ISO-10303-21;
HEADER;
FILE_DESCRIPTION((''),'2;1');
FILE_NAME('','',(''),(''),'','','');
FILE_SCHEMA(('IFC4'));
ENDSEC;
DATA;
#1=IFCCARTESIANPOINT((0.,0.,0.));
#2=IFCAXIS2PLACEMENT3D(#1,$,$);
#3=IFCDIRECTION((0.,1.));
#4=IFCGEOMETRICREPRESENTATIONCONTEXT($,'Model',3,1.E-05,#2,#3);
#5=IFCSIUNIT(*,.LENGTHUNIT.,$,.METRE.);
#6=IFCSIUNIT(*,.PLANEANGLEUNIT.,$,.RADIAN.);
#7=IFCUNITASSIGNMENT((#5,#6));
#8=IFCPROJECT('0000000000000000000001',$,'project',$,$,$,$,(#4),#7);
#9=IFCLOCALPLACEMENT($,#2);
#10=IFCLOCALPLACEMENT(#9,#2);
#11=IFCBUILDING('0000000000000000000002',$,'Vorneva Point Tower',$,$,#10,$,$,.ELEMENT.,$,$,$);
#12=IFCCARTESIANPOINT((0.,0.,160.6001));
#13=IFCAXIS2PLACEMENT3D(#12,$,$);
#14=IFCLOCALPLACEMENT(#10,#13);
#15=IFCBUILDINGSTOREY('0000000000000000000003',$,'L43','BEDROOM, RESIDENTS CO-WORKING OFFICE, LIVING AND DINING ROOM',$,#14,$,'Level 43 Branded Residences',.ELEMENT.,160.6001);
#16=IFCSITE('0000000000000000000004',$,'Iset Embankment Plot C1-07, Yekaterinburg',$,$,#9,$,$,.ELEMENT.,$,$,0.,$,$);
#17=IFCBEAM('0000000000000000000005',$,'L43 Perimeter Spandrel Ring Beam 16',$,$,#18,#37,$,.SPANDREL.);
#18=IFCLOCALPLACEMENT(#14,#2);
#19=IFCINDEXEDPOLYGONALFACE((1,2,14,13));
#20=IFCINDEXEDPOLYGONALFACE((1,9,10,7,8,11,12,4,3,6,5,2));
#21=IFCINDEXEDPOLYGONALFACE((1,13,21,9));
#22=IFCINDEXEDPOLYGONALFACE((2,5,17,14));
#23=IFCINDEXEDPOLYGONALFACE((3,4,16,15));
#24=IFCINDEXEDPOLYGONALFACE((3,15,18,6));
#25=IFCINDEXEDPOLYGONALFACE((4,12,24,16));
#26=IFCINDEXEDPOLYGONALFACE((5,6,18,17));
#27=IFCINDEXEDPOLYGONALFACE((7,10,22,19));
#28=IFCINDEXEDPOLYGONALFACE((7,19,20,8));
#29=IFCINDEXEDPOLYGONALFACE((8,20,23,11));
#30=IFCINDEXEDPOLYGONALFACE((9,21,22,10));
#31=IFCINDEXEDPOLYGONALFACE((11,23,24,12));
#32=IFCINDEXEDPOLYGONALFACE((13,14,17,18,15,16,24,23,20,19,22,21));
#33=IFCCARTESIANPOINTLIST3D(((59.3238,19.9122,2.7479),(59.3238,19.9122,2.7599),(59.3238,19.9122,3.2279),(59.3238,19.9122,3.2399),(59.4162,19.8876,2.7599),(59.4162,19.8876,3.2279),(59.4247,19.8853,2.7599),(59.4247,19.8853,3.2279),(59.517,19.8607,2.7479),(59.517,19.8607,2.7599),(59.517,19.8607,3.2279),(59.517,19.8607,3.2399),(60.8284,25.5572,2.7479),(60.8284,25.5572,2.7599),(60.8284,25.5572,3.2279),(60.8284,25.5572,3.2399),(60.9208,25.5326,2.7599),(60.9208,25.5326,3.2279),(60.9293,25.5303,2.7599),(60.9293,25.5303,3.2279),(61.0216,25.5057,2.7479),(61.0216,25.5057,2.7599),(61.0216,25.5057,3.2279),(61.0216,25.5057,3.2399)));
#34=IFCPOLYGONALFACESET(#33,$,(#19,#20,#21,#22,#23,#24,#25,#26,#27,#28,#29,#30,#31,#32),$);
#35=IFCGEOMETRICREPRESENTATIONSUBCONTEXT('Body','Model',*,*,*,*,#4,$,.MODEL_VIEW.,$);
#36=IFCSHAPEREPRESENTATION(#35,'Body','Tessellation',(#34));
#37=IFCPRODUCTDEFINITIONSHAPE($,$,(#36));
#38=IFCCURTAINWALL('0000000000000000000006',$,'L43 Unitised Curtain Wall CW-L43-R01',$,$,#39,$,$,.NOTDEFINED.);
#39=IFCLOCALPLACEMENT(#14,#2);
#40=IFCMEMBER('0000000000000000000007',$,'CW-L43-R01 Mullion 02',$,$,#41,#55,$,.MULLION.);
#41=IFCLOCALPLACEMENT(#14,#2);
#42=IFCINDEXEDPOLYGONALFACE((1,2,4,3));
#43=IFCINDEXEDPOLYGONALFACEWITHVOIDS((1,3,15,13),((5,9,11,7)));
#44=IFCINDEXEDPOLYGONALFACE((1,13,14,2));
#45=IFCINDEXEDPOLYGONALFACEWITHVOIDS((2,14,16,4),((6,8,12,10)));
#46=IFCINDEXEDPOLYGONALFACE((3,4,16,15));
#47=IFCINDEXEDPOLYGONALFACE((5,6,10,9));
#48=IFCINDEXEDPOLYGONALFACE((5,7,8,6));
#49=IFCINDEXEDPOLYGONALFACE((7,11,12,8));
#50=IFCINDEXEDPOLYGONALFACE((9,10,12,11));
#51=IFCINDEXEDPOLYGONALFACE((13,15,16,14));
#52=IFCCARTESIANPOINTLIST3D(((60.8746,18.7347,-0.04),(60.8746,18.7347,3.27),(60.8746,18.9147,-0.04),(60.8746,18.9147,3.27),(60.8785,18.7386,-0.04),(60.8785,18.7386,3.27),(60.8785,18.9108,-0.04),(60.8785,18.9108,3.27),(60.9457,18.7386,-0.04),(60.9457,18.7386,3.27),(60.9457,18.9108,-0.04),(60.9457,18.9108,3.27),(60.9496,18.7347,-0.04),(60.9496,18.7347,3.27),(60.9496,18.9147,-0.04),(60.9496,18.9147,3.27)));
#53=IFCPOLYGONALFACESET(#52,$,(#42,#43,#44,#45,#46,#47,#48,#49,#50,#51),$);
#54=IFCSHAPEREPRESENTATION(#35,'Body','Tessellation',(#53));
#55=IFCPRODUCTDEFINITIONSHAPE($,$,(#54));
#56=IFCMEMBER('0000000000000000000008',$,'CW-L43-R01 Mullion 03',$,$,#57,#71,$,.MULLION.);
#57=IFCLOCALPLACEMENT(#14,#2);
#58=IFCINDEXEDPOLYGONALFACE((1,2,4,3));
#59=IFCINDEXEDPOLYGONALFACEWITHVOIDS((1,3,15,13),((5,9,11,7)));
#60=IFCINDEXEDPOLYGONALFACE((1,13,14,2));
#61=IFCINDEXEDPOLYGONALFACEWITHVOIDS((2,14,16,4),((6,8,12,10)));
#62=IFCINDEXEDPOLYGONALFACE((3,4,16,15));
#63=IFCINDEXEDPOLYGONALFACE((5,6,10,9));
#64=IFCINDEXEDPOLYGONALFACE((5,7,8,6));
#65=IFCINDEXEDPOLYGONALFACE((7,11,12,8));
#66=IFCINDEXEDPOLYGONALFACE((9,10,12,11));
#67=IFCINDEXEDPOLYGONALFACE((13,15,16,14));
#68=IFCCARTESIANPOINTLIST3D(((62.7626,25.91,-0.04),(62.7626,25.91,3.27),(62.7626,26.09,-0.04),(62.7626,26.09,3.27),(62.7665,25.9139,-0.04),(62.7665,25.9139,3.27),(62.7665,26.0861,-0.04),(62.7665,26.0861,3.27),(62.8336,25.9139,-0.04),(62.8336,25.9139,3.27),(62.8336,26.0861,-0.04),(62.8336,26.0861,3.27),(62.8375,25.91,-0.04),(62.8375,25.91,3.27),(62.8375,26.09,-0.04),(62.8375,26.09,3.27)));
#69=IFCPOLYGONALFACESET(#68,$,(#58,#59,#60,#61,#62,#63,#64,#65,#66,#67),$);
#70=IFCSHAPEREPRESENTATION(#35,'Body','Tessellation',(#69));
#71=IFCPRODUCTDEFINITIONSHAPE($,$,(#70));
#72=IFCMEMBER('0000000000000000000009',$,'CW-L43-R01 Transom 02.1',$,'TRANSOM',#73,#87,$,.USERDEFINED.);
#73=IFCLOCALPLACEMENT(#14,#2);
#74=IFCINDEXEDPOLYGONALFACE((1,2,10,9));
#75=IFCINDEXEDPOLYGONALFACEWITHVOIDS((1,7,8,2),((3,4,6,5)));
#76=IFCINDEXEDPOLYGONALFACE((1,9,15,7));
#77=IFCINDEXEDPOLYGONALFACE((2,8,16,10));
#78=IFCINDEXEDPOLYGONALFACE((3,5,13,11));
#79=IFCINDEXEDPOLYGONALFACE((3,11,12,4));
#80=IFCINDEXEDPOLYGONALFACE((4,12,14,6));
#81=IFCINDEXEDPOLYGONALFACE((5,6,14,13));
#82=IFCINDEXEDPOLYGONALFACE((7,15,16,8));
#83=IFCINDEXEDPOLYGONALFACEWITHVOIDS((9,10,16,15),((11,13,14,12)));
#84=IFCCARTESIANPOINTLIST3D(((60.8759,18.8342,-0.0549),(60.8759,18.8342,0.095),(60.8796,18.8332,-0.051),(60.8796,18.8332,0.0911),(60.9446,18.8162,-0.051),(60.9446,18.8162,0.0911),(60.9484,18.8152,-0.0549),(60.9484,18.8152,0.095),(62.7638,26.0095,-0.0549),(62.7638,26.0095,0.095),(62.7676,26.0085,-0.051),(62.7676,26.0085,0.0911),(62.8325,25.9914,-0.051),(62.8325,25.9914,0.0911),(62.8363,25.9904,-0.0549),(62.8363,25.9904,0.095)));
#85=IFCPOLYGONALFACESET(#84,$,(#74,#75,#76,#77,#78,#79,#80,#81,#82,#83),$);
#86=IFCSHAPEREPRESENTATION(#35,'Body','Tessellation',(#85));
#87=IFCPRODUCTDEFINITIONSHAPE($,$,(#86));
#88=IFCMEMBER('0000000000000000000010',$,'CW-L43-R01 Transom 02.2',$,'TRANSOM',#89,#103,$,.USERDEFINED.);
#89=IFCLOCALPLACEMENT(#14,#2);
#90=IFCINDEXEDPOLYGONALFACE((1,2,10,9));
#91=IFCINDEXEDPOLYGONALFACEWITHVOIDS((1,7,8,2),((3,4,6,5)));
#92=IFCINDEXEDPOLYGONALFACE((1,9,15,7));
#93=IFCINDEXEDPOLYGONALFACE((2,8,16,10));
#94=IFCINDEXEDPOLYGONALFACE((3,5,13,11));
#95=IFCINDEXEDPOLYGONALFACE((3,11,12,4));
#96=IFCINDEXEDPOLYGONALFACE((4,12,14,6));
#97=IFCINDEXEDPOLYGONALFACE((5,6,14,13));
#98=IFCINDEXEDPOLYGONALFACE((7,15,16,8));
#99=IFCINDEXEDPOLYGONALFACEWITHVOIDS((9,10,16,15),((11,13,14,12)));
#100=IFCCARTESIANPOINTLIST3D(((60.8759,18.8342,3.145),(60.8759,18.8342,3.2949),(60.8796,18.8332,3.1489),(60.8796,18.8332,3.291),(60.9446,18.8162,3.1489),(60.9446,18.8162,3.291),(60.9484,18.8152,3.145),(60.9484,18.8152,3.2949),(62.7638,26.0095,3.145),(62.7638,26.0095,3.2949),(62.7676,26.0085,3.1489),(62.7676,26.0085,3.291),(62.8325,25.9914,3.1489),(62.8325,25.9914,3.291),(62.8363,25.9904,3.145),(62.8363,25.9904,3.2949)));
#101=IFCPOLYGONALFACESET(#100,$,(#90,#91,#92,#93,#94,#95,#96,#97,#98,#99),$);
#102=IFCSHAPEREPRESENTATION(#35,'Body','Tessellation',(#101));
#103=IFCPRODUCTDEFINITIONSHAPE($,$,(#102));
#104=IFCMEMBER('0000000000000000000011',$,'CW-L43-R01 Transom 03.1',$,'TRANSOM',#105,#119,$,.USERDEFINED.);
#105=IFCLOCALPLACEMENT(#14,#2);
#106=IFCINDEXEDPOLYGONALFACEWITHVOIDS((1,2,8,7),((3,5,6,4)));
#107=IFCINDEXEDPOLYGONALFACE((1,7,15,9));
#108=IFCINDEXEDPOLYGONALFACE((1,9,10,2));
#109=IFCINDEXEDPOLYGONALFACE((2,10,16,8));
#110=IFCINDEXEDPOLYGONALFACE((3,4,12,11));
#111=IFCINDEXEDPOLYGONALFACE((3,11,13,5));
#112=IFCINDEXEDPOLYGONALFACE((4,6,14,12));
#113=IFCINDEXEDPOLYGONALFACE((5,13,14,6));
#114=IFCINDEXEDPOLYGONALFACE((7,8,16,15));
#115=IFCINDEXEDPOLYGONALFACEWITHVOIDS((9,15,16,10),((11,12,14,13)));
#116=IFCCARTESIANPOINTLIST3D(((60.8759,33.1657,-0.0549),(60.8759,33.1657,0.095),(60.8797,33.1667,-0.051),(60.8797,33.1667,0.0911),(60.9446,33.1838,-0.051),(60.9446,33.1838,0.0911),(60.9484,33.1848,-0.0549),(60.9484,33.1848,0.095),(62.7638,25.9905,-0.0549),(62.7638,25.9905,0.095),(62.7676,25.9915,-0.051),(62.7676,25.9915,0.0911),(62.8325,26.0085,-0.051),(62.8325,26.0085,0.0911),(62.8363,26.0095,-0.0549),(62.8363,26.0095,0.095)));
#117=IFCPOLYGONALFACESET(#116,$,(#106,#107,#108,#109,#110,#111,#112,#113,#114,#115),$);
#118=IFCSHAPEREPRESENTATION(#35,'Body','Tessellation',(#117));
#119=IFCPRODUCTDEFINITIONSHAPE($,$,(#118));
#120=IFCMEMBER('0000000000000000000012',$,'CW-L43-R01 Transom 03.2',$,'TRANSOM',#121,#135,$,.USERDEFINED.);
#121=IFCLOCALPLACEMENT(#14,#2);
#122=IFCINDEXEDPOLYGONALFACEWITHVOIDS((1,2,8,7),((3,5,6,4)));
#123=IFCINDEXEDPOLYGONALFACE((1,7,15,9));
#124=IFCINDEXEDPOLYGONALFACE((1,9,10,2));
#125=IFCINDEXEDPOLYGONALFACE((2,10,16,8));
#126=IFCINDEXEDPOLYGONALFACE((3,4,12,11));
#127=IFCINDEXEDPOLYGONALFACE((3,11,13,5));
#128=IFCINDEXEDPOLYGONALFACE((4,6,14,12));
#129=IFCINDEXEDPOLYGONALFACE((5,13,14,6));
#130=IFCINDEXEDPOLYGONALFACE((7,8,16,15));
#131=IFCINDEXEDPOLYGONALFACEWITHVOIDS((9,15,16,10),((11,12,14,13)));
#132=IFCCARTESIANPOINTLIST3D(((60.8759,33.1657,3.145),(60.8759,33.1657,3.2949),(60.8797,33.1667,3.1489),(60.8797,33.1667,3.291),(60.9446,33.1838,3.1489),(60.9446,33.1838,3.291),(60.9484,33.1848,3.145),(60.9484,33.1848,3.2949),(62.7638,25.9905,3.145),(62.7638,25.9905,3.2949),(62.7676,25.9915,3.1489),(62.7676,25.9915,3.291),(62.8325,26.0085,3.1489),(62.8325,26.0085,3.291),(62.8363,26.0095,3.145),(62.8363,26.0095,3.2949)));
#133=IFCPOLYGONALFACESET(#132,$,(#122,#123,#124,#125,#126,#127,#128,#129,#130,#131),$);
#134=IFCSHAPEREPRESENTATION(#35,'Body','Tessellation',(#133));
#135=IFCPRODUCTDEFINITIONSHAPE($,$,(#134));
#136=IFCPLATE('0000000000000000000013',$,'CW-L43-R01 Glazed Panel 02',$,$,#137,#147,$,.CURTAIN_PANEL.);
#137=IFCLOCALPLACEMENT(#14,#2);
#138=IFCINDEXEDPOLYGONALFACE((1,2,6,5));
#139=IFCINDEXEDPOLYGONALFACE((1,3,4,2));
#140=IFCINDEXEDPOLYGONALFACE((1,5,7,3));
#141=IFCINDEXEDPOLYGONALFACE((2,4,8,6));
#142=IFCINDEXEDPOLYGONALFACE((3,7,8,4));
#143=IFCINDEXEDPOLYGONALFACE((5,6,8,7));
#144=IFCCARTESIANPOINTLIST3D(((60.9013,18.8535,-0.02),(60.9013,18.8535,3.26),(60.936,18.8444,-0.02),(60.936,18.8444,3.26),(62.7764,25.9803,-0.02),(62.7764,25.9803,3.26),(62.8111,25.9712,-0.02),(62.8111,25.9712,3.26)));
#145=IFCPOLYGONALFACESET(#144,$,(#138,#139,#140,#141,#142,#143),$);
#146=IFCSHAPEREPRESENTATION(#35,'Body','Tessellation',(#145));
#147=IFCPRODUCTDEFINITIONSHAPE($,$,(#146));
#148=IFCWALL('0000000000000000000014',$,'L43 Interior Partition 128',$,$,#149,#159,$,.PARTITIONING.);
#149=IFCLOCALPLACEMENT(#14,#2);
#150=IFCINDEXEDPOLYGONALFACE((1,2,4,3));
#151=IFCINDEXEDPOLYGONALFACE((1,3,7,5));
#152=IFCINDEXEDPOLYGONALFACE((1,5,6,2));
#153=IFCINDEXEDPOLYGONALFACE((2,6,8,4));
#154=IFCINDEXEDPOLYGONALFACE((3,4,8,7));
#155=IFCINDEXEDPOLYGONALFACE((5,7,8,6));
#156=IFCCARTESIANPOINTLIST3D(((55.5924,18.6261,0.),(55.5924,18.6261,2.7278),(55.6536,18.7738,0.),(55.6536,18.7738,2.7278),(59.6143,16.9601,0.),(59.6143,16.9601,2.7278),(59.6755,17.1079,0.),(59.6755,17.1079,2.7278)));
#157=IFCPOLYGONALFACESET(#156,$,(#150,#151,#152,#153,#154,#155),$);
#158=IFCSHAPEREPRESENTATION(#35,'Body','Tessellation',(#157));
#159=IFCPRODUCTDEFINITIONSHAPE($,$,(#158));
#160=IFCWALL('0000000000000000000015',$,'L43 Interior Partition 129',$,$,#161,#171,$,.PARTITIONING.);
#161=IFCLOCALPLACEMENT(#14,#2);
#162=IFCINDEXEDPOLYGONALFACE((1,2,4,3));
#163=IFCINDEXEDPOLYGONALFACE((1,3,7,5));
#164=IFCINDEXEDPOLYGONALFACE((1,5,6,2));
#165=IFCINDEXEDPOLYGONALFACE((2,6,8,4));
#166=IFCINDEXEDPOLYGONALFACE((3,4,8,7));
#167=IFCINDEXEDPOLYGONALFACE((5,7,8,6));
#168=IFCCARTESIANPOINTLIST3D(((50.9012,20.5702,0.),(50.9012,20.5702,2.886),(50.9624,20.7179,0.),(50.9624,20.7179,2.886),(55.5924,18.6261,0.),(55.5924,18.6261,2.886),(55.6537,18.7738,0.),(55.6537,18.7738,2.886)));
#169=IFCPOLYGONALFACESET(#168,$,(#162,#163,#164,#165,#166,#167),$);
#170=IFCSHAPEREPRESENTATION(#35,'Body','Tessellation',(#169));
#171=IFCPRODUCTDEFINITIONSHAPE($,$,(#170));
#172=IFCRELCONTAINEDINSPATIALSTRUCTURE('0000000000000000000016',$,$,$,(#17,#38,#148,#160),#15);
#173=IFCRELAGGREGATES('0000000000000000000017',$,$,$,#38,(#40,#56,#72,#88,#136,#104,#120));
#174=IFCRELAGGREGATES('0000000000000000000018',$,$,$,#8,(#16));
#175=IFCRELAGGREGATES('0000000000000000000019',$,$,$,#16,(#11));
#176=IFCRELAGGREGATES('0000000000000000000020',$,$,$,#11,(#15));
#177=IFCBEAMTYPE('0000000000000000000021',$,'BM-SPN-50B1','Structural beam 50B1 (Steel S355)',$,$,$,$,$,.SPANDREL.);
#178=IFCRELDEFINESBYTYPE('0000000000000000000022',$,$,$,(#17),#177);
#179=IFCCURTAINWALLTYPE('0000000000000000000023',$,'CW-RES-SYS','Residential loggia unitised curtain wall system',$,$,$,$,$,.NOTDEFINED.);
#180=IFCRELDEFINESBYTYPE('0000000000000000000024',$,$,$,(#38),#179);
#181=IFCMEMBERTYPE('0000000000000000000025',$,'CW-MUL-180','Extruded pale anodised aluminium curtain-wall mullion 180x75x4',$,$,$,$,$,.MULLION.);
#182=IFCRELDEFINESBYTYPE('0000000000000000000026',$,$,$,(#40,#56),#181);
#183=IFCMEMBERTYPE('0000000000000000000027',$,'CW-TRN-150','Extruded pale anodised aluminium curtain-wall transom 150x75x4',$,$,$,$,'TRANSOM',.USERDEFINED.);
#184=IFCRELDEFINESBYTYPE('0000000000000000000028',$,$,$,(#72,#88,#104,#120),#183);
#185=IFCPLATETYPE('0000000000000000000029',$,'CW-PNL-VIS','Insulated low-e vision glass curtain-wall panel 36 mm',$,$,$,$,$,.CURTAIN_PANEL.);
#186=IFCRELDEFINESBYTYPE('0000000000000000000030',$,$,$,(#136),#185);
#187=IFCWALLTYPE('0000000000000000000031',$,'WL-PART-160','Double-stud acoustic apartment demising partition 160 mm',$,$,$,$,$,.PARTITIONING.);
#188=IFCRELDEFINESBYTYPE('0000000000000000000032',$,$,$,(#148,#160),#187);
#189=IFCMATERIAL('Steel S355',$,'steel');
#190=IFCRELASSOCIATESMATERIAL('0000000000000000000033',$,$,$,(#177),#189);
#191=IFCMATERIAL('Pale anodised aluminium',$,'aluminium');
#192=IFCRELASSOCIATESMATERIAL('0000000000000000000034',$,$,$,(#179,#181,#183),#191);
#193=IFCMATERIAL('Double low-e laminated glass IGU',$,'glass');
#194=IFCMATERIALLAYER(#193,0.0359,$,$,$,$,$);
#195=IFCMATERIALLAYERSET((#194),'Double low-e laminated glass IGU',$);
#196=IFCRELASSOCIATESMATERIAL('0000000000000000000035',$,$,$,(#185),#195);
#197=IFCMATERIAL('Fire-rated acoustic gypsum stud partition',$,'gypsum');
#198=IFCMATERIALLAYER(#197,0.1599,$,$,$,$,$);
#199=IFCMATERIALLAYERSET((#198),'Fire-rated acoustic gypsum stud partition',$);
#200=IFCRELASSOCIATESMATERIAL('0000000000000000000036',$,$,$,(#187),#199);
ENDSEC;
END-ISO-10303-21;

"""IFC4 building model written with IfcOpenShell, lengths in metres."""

from ifc_helpers import new_model, si_unit, direction, frame, frame_2d, origin, origin_2d, place, context, subcontext, project, spatial, rectangle, hollow_rectangle, i_section, extrude, material, layer, layer_set, material_profile, profile_set, type_object, element, aggregate, save


model = new_model("IFC4")

# Units and contexts
model_context = context("Model", 3, precision=1e-05, world=origin(), true_north=direction((0.0, 1.0)))
body_context = subcontext(model_context, "Body", "Model", "MODEL_VIEW")
ifc_project = project(units=[si_unit("LENGTHUNIT", "METRE"), si_unit("PLANEANGLEUNIT", "RADIAN")], contexts=[model_context])

# Site, building, storey
site_placement = place(None, origin())
site = spatial("IfcSite", under=ifc_project, at=site_placement, Name="Iset Embankment Plot C1-07, Yekaterinburg", CompositionType="ELEMENT", RefElevation=0.0)
building_placement = place(site_placement, origin())
building = spatial("IfcBuilding", under=site, at=building_placement, Name="Vorneva Point Tower", CompositionType="ELEMENT")
storey_placement = place(building_placement, frame((0.0, 0.0, 160.6001)))
storey = spatial("IfcBuildingStorey", under=building, at=storey_placement, Name="L43", Description="BEDROOM, RESIDENTS CO-WORKING OFFICE, LIVING AND DINING ROOM", LongName="Level 43 Branded Residences", CompositionType="ELEMENT", Elevation=160.6001)

# Beam
ifc_material_1 = material(Name="Steel S355", Category="steel")
ifc_material_profile_1 = material_profile(ifc_material_1, i_section(OverallWidth=0.2, OverallDepth=0.4919, WebThickness=0.0088, FlangeThickness=0.012, at=origin_2d()), Name="50B1")
ifc_profile_set_1 = profile_set([ifc_material_profile_1], Name="Steel S355")
beam_type_1 = type_object("IfcBeamType", Name="BM-SPN-50B1", Description="Structural beam 50B1 (Steel S355)", PredefinedType="SPANDREL", material=ifc_profile_set_1)
beam_1_placement = place(storey_placement, frame((59.4204, 19.8865, 2.9939), z_axis=(0.257551, 0.966265, 0.0), x_axis=(-0.966265, 0.257551, 0.0)))
element("IfcBeam", 1, at=beam_1_placement, inside=storey, type_object=beam_type_1, Name="L43 Perimeter Spandrel Ring Beam 16", PredefinedType="SPANDREL", context=body_context, shape_type="SweptSolid", body=[
    extrude(i_section(OverallWidth=0.2, OverallDepth=0.4919, WebThickness=0.0088, FlangeThickness=0.012, at=origin_2d()), origin(), (0.0, 0.0, 1.0), 5.842),
])

# Curtain wall, members, plate
ifc_material_2 = material(Name="Pale anodised aluminium", Category="aluminium")
curtain_wall_type = type_object("IfcCurtainWallType", Name="CW-RES-SYS", Description="Residential loggia unitised curtain wall system", PredefinedType="NOTDEFINED", material=ifc_material_2)
curtain_wall_placement = place(storey_placement, origin())
curtain_wall = element("IfcCurtainWall", 2, at=curtain_wall_placement, inside=storey, type_object=curtain_wall_type, Name="L43 Unitised Curtain Wall CW-L43-R01", PredefinedType="NOTDEFINED")
ifc_material_profile_2 = material_profile(ifc_material_2, hollow_rectangle(XDim=0.075, YDim=0.1799, WallThickness=0.0039, at=origin_2d()), Name="AL-MUL 180x75x4")
ifc_profile_set_2 = profile_set([ifc_material_profile_2], Name="Pale anodised aluminium")
member_type_1 = type_object("IfcMemberType", Name="CW-MUL-180", Description="Extruded pale anodised aluminium curtain-wall mullion 180x75x4", PredefinedType="MULLION", material=ifc_profile_set_2)
member_1_placement = place(storey_placement, frame((60.9121, 18.8247, -0.04), z_axis=(0.0, 0.0, 1.0), x_axis=(1.0, 0.0, 0.0)))
member_1 = element("IfcMember", 3, at=member_1_placement, type_object=member_type_1, Name="CW-L43-R01 Mullion 02", PredefinedType="MULLION", context=body_context, shape_type="SweptSolid", body=[
    extrude(hollow_rectangle(XDim=0.075, YDim=0.1799, WallThickness=0.0039, at=origin_2d()), origin(), (0.0, 0.0, 1.0), 3.3101),
])
member_2_placement = place(storey_placement, frame((62.8, 26.0, -0.04), z_axis=(0.0, 0.0, 1.0), x_axis=(1.0, 0.0, 0.0)))
member_2 = element("IfcMember", 4, at=member_2_placement, type_object=member_type_1, Name="CW-L43-R01 Mullion 03", PredefinedType="MULLION", context=body_context, shape_type="SweptSolid", body=[
    extrude(hollow_rectangle(XDim=0.075, YDim=0.1799, WallThickness=0.0039, at=origin_2d()), origin(), (0.0, 0.0, 1.0), 3.3101),
])
ifc_material_profile_3 = material_profile(ifc_material_2, hollow_rectangle(XDim=0.075, YDim=0.1499, WallThickness=0.0039, at=origin_2d()), Name="AL-TRN 150x75x4")
ifc_profile_set_3 = profile_set([ifc_material_profile_3], Name="Pale anodised aluminium")
member_type_2 = type_object("IfcMemberType", Name="CW-TRN-150", Description="Extruded pale anodised aluminium curtain-wall transom 150x75x4", ElementType="TRANSOM", PredefinedType="USERDEFINED", material=ifc_profile_set_3)
member_3_placement = place(storey_placement, frame((60.9121, 18.8247, 0.02), z_axis=(0.254456, 0.967084, 0.0), x_axis=(-0.967084, 0.254456, 0.0)))
member_3 = element("IfcMember", 5, at=member_3_placement, type_object=member_type_2, Name="CW-L43-R01 Transom 02.1", ObjectType="TRANSOM", PredefinedType="USERDEFINED", context=body_context, shape_type="SweptSolid", body=[
    extrude(hollow_rectangle(XDim=0.075, YDim=0.1499, WallThickness=0.0039, at=origin_2d()), origin(), (0.0, 0.0, 1.0), 7.4194),
])
member_4_placement = place(storey_placement, frame((60.9121, 18.8247, 3.22), z_axis=(0.254456, 0.967084, 0.0), x_axis=(-0.967084, 0.254456, 0.0)))
member_4 = element("IfcMember", 6, at=member_4_placement, type_object=member_type_2, Name="CW-L43-R01 Transom 02.2", ObjectType="TRANSOM", PredefinedType="USERDEFINED", context=body_context, shape_type="SweptSolid", body=[
    extrude(hollow_rectangle(XDim=0.075, YDim=0.1499, WallThickness=0.0039, at=origin_2d()), origin(), (0.0, 0.0, 1.0), 7.4194),
])
member_5_placement = place(storey_placement, frame((62.8, 26.0, 0.02), z_axis=(-0.254456, 0.967084, 0.0), x_axis=(-0.967084, -0.254456, 0.0)))
member_5 = element("IfcMember", 7, at=member_5_placement, type_object=member_type_2, Name="CW-L43-R01 Transom 03.1", ObjectType="TRANSOM", PredefinedType="USERDEFINED", context=body_context, shape_type="SweptSolid", body=[
    extrude(hollow_rectangle(XDim=0.075, YDim=0.1499, WallThickness=0.0039, at=origin_2d()), origin(), (0.0, 0.0, 1.0), 7.4194),
])
member_6_placement = place(storey_placement, frame((62.8, 26.0, 3.22), z_axis=(-0.254456, 0.967084, 0.0), x_axis=(-0.967084, -0.254456, 0.0)))
member_6 = element("IfcMember", 8, at=member_6_placement, type_object=member_type_2, Name="CW-L43-R01 Transom 03.2", ObjectType="TRANSOM", PredefinedType="USERDEFINED", context=body_context, shape_type="SweptSolid", body=[
    extrude(hollow_rectangle(XDim=0.075, YDim=0.1499, WallThickness=0.0039, at=origin_2d()), origin(), (0.0, 0.0, 1.0), 7.4194),
])
ifc_material_3 = material(Name="Double low-e laminated glass IGU", Category="glass")
ifc_layer_1 = layer(ifc_material_3, 0.0359)
ifc_layer_set_1 = layer_set([ifc_layer_1], Name="Double low-e laminated glass IGU")
plate_type = type_object("IfcPlateType", Name="CW-PNL-VIS", Description="Insulated low-e vision glass curtain-wall panel 36 mm", PredefinedType="CURTAIN_PANEL", material=ifc_layer_set_1)
plate_placement = place(storey_placement, frame((61.8562, 22.4124, -0.02), z_axis=(0.0, 0.0, 1.0), x_axis=(0.254433, 0.96709, 0.0)))
plate = element("IfcPlate", 9, at=plate_placement, type_object=plate_type, Name="CW-L43-R01 Glazed Panel 02", PredefinedType="CURTAIN_PANEL", context=body_context, shape_type="SweptSolid", body=[
    extrude(rectangle(XDim=7.3694, YDim=0.0359, at=origin_2d()), origin(), (0.0, 0.0, 1.0), 3.28),
])
aggregate(curtain_wall, [member_1, member_2, member_3, member_4, plate, member_5, member_6])

# Walls
ifc_material_4 = material(Name="Fire-rated acoustic gypsum stud partition", Category="gypsum")
ifc_layer_2 = layer(ifc_material_4, 0.1599)
ifc_layer_set_2 = layer_set([ifc_layer_2], Name="Fire-rated acoustic gypsum stud partition")
wall_type_1 = type_object("IfcWallType", Name="WL-PART-160", Description="Double-stud acoustic apartment demising partition 160 mm", PredefinedType="PARTITIONING", material=ifc_layer_set_2)
wall_1_placement = place(storey_placement, frame((59.645, 17.0339, 0.0), z_axis=(0.0, 0.0, 1.0), x_axis=(-0.923875, 0.382695, 0.0)))
element("IfcWall", 10, at=wall_1_placement, inside=storey, type_object=wall_type_1, Name="L43 Interior Partition 128", PredefinedType="PARTITIONING", context=body_context, shape_type="SweptSolid", body=[
    extrude(rectangle(XDim=4.3533, YDim=0.1599, at=frame_2d((2.1768, 0.0))), origin(), (0.0, 0.0, 1.0), 2.7278),
])
wall_2_placement = place(storey_placement, frame((55.623, 18.7, 0.0), z_axis=(0.0, 0.0, 1.0), x_axis=(-0.923813, 0.382843, 0.0)))
element("IfcWall", 11, at=wall_2_placement, inside=storey, type_object=wall_type_1, Name="L43 Interior Partition 129", PredefinedType="PARTITIONING", context=body_context, shape_type="SweptSolid", body=[
    extrude(rectangle(XDim=5.0781, YDim=0.1599, at=frame_2d((2.5391, 0.0))), origin(), (0.0, 0.0, 1.0), 2.886),
])

save(model, "model.ifc")
